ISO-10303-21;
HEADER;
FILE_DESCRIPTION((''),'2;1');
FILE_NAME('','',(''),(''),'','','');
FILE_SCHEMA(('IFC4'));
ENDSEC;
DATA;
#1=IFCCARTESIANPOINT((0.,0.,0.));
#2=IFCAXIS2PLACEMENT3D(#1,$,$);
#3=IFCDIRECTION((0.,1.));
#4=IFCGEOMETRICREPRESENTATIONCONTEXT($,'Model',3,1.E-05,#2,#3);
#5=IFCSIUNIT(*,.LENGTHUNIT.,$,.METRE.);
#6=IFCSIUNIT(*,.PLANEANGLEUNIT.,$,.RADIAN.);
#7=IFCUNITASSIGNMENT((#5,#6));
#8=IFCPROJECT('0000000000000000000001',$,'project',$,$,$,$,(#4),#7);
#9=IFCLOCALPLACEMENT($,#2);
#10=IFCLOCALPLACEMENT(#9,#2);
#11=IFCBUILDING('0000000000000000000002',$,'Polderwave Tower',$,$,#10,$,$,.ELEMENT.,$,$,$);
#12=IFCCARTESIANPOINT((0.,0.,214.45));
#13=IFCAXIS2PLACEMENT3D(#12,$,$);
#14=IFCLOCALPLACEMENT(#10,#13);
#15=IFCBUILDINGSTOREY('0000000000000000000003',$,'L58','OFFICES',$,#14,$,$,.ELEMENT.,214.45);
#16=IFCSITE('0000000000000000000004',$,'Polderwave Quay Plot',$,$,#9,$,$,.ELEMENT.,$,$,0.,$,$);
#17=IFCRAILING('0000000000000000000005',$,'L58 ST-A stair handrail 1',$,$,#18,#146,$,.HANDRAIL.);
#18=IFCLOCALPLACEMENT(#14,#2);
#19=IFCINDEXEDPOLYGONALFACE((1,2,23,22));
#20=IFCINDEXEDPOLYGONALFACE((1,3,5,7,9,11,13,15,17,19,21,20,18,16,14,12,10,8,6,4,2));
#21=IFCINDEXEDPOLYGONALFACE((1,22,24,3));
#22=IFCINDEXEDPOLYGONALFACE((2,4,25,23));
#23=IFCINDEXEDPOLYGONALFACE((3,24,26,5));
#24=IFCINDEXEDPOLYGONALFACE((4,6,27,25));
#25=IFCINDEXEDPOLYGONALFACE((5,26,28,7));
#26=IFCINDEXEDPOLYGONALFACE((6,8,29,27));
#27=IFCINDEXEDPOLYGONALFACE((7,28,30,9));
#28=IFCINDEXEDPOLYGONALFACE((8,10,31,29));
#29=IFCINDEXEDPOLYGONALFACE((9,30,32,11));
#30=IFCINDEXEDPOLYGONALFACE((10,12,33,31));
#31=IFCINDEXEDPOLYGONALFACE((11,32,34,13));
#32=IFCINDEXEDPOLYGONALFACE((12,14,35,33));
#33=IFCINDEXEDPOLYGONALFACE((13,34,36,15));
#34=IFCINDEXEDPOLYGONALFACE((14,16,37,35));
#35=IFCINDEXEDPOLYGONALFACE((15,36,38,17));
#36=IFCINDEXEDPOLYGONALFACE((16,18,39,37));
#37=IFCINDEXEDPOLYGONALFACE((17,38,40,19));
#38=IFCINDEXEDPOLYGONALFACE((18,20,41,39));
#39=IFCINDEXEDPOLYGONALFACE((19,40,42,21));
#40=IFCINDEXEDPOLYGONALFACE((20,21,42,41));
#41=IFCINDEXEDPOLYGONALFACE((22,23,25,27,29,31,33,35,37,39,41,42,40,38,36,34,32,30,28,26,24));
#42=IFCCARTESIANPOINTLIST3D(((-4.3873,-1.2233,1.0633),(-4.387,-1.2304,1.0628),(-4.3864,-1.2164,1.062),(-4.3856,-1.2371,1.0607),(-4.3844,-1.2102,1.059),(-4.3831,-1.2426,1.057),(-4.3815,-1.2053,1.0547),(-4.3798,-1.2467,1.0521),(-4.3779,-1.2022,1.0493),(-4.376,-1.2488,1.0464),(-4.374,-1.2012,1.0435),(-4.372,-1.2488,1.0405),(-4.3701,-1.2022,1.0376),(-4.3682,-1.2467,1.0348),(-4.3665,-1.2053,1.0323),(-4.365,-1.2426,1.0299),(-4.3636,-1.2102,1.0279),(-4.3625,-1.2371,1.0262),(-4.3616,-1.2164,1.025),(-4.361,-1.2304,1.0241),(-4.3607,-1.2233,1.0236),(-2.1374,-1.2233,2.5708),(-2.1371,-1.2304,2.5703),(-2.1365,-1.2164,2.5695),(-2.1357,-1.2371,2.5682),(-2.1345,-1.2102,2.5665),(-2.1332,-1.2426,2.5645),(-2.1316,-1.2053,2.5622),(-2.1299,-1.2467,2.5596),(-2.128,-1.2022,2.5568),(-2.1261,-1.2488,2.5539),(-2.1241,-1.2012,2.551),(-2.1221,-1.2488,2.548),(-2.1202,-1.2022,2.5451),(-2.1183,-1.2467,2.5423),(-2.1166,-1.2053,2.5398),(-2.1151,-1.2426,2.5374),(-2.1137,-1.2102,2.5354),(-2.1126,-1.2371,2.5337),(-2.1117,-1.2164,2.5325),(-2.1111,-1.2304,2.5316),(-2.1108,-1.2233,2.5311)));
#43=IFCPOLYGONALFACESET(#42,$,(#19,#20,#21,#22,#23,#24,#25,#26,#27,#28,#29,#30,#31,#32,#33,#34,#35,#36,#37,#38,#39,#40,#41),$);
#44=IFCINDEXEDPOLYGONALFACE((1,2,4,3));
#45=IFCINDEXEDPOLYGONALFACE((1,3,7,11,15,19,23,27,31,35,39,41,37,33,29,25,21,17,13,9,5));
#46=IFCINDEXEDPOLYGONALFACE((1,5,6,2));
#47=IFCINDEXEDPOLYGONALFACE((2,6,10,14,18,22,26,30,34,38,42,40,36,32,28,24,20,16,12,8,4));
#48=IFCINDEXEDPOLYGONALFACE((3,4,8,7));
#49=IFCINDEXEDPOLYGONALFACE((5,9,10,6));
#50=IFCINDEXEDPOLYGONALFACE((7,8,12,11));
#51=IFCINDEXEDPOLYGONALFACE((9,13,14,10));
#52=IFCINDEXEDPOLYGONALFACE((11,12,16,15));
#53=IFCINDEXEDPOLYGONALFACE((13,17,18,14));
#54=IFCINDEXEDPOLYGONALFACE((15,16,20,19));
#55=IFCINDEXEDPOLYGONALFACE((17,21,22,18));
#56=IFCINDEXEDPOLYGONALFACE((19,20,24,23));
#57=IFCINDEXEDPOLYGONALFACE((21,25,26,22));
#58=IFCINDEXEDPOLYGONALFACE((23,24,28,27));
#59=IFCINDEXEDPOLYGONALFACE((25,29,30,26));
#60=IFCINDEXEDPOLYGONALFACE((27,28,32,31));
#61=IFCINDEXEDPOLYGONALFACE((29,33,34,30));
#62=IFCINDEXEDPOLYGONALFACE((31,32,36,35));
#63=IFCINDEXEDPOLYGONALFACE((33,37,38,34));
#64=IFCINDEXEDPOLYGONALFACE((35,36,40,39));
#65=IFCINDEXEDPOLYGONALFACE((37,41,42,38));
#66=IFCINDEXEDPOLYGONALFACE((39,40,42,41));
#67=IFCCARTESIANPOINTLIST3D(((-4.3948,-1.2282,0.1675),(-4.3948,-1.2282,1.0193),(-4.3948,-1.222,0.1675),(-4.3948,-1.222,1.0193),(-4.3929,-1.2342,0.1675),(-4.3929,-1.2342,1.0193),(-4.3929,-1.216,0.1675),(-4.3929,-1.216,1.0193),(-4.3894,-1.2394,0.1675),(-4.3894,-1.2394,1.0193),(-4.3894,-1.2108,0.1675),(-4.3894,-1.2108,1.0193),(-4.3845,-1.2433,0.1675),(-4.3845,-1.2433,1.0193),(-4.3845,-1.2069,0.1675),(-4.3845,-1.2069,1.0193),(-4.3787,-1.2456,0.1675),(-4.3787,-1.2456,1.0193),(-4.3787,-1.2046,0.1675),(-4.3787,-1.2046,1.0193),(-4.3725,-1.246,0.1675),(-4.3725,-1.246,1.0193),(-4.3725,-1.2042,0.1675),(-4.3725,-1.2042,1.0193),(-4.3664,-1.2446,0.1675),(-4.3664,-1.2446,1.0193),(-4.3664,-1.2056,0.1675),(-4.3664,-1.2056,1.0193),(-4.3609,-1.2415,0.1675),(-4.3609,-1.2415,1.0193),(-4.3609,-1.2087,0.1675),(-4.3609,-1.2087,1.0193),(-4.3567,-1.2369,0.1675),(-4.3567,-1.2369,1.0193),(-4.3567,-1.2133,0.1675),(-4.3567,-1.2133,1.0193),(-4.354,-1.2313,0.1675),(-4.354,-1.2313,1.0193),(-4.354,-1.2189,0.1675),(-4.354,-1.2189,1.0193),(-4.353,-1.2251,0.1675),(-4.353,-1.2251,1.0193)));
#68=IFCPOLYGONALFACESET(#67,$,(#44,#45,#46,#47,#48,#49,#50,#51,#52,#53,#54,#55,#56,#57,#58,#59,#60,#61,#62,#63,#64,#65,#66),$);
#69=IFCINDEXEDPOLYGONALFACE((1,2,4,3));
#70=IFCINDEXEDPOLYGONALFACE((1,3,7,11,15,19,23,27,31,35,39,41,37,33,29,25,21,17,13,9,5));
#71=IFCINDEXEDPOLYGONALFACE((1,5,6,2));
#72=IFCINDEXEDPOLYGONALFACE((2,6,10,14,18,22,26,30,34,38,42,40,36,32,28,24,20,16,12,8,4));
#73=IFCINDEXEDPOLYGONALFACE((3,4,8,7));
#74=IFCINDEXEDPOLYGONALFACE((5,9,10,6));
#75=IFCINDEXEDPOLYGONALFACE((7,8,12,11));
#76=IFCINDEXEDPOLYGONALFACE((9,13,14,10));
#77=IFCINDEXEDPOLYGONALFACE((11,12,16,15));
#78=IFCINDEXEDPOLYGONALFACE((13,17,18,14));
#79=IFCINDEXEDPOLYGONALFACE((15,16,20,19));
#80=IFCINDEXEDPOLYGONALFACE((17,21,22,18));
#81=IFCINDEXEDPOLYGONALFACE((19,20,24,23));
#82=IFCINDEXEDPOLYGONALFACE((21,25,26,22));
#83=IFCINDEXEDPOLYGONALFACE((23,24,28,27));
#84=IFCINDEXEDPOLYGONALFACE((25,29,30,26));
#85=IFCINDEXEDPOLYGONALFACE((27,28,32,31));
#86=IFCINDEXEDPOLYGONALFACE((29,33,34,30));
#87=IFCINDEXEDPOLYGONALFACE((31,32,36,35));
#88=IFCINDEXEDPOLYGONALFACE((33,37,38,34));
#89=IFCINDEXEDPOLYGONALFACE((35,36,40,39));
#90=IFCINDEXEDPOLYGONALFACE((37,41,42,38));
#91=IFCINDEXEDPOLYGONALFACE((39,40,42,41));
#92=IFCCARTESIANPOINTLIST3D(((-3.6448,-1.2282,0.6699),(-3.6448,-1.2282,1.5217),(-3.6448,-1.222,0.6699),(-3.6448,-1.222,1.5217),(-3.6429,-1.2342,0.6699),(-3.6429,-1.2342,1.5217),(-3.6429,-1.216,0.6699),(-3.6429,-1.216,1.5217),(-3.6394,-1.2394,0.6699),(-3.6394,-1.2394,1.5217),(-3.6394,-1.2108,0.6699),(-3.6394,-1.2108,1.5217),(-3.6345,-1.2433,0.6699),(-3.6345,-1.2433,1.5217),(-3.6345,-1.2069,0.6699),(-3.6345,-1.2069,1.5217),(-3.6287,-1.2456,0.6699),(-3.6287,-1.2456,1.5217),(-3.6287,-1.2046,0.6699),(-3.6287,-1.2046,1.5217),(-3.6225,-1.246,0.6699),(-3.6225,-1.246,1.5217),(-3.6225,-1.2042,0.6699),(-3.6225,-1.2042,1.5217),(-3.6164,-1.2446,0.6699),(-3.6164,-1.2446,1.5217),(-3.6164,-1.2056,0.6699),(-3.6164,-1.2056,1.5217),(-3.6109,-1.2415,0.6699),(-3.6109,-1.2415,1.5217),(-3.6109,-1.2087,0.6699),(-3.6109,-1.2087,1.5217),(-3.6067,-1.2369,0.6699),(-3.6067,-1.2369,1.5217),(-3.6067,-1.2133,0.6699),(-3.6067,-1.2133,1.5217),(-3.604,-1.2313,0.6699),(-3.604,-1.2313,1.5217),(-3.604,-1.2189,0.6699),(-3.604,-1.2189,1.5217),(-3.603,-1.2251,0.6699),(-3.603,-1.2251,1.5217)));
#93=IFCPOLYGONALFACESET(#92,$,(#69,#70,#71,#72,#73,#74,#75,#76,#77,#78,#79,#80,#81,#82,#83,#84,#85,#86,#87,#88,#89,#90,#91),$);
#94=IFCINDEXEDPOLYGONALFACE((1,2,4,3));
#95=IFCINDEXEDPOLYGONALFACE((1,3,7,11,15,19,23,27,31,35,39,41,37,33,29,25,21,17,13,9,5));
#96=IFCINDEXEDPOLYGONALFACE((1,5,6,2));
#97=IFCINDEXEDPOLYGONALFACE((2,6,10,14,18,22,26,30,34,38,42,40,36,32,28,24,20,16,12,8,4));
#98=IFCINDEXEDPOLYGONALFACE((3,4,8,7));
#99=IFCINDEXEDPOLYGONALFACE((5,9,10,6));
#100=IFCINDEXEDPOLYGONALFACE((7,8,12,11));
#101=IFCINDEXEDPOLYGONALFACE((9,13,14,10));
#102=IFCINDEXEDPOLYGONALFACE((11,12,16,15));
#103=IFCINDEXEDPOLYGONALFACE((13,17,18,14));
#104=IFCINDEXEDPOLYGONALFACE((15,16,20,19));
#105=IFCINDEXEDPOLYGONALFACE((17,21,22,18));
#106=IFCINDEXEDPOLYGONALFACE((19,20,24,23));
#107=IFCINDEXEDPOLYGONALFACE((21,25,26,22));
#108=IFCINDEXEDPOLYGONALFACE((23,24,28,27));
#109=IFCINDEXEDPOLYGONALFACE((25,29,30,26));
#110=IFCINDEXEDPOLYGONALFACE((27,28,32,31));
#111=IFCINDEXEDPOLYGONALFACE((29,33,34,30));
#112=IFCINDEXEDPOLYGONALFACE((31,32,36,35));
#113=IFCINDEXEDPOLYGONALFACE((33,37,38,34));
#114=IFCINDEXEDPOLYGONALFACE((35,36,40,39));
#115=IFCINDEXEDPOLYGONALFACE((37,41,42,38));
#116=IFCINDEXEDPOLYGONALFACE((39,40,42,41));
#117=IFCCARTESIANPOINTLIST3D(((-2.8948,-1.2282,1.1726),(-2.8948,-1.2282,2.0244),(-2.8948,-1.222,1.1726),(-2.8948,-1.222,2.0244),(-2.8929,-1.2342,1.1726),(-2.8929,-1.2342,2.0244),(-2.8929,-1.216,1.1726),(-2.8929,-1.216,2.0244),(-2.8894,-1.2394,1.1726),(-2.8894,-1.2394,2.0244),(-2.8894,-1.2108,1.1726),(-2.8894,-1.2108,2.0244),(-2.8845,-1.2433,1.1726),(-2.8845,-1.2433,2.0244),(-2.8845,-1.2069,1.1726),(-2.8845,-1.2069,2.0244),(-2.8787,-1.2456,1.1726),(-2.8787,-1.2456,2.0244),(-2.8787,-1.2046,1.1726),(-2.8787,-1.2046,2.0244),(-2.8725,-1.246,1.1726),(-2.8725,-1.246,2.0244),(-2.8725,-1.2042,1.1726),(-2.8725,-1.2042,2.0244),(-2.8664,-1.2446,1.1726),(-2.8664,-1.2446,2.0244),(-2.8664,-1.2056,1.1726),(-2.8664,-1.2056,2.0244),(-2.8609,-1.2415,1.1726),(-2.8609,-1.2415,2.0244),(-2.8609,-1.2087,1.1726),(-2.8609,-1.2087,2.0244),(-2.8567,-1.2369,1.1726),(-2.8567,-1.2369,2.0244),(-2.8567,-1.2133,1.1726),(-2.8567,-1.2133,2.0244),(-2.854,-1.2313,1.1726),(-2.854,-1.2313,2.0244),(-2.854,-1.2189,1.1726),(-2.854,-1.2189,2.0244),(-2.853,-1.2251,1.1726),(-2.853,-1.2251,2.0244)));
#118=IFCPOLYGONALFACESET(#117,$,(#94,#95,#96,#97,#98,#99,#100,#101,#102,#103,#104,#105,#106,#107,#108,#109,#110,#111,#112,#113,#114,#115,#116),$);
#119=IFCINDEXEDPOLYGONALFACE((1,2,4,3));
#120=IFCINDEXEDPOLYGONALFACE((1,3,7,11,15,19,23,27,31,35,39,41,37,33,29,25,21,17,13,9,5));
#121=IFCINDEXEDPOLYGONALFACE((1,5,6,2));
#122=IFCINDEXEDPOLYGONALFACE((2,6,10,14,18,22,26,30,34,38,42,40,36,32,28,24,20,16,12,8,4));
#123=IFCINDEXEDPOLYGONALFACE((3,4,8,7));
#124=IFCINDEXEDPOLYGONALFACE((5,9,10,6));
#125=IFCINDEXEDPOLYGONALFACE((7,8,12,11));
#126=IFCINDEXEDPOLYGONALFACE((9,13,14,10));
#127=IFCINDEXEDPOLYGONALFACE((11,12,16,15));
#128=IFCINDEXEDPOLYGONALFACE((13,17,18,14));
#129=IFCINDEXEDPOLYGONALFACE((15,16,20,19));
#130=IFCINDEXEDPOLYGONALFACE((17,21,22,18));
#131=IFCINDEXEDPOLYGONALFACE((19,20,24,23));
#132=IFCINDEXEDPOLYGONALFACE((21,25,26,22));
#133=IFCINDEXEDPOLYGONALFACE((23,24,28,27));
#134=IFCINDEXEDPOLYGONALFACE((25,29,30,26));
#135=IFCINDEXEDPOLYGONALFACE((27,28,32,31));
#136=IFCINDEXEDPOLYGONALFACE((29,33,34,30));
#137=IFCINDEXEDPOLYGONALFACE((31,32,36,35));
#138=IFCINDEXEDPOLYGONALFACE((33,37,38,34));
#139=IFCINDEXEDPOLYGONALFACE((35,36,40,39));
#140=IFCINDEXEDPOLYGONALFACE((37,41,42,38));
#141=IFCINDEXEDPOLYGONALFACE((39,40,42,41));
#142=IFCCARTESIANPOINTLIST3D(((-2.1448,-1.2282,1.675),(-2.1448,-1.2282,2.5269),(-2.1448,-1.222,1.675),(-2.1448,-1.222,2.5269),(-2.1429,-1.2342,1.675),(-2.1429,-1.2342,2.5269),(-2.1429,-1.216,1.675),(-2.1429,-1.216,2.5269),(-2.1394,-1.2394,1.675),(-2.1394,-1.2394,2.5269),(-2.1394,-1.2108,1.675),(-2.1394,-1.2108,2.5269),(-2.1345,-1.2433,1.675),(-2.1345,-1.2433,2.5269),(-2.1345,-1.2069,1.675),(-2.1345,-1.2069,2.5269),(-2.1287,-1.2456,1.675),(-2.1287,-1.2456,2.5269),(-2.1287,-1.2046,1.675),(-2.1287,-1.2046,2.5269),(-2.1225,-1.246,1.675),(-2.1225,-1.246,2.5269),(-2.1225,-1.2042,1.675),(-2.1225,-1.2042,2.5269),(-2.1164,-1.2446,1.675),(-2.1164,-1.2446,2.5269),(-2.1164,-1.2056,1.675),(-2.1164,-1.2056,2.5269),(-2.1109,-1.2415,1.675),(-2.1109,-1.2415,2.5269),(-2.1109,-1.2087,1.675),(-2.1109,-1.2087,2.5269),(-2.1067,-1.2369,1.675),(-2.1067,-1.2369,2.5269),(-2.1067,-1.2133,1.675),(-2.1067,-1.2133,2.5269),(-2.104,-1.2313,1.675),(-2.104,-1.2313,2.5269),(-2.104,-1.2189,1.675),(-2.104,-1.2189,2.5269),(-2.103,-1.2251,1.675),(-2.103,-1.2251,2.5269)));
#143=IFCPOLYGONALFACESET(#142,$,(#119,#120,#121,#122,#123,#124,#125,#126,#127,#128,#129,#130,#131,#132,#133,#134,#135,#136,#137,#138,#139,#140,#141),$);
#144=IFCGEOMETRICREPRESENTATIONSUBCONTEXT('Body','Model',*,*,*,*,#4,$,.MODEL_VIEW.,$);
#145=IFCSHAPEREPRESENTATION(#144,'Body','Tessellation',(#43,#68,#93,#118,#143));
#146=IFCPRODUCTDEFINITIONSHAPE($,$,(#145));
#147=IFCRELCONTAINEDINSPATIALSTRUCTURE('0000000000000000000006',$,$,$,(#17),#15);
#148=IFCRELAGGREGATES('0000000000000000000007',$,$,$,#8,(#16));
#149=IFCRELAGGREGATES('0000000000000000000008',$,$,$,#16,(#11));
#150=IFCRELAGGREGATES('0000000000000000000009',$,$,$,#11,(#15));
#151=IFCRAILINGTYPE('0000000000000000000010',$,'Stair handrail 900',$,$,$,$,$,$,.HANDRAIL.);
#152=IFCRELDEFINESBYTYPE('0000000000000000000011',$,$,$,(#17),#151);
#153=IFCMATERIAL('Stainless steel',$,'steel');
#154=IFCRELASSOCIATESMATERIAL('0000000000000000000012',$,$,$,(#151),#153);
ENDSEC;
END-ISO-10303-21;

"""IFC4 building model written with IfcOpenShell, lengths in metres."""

from ifc_helpers import new_model, si_unit, direction, frame, origin, origin_2d, place, context, subcontext, project, spatial, circle, extrude, material, type_object, element, save


model = new_model("IFC4")

# Units and contexts
model_context = context("Model", 3, precision=1e-05, world=origin(), true_north=direction((0.0, 1.0)))
body_context = subcontext(model_context, "Body", "Model", "MODEL_VIEW")
ifc_project = project(units=[si_unit("LENGTHUNIT", "METRE"), si_unit("PLANEANGLEUNIT", "RADIAN")], contexts=[model_context])

# Site, building, storey
site_placement = place(None, origin())
site = spatial("IfcSite", under=ifc_project, at=site_placement, Name="Polderwave Quay Plot", CompositionType="ELEMENT", RefElevation=0.0)
building_placement = place(site_placement, origin())
building = spatial("IfcBuilding", under=site, at=building_placement, Name="Polderwave Tower", CompositionType="ELEMENT")
storey_placement = place(building_placement, frame((0.0, 0.0, 214.45)))
storey = spatial("IfcBuildingStorey", under=building, at=storey_placement, Name="L58", Description="OFFICES", CompositionType="ELEMENT", Elevation=214.45)

# Railing
ifc_material_1 = material(Name="Stainless steel", Category="steel")
railing_type_1 = type_object("IfcRailingType", Name="Stair handrail 900", PredefinedType="HANDRAIL", material=ifc_material_1)
railing_1_placement = place(storey_placement, frame((-4.374, -1.2251, 0.1675)))
element("IfcRailing", 1, at=railing_1_placement, inside=storey, type_object=railing_type_1, Name="L58 ST-A stair handrail 1", PredefinedType="HANDRAIL", context=body_context, shape_type="SweptSolid", body=[
    extrude(circle(Radius=0.0239, at=origin_2d()), frame((0.0, 0.0, 0.876), z_axis=(0.830758, 0.0, 0.556633), x_axis=(0.0, 1.0, 0.0)), (0.0, 0.0, 1.0), 2.7083),
    extrude(circle(Radius=0.021, at=origin_2d()), origin(), (0.0, 0.0, 1.0), 0.8518),
    extrude(circle(Radius=0.021, at=origin_2d()), frame((0.75, 0.0, 0.5024)), (0.0, 0.0, 1.0), 0.8518),
    extrude(circle(Radius=0.021, at=origin_2d()), frame((1.5, 0.0, 1.0051)), (0.0, 0.0, 1.0), 0.8518),
    extrude(circle(Radius=0.021, at=origin_2d()), frame((2.25, 0.0, 1.5076)), (0.0, 0.0, 1.0), 0.8518),
])

save(model, "model.ifc")
